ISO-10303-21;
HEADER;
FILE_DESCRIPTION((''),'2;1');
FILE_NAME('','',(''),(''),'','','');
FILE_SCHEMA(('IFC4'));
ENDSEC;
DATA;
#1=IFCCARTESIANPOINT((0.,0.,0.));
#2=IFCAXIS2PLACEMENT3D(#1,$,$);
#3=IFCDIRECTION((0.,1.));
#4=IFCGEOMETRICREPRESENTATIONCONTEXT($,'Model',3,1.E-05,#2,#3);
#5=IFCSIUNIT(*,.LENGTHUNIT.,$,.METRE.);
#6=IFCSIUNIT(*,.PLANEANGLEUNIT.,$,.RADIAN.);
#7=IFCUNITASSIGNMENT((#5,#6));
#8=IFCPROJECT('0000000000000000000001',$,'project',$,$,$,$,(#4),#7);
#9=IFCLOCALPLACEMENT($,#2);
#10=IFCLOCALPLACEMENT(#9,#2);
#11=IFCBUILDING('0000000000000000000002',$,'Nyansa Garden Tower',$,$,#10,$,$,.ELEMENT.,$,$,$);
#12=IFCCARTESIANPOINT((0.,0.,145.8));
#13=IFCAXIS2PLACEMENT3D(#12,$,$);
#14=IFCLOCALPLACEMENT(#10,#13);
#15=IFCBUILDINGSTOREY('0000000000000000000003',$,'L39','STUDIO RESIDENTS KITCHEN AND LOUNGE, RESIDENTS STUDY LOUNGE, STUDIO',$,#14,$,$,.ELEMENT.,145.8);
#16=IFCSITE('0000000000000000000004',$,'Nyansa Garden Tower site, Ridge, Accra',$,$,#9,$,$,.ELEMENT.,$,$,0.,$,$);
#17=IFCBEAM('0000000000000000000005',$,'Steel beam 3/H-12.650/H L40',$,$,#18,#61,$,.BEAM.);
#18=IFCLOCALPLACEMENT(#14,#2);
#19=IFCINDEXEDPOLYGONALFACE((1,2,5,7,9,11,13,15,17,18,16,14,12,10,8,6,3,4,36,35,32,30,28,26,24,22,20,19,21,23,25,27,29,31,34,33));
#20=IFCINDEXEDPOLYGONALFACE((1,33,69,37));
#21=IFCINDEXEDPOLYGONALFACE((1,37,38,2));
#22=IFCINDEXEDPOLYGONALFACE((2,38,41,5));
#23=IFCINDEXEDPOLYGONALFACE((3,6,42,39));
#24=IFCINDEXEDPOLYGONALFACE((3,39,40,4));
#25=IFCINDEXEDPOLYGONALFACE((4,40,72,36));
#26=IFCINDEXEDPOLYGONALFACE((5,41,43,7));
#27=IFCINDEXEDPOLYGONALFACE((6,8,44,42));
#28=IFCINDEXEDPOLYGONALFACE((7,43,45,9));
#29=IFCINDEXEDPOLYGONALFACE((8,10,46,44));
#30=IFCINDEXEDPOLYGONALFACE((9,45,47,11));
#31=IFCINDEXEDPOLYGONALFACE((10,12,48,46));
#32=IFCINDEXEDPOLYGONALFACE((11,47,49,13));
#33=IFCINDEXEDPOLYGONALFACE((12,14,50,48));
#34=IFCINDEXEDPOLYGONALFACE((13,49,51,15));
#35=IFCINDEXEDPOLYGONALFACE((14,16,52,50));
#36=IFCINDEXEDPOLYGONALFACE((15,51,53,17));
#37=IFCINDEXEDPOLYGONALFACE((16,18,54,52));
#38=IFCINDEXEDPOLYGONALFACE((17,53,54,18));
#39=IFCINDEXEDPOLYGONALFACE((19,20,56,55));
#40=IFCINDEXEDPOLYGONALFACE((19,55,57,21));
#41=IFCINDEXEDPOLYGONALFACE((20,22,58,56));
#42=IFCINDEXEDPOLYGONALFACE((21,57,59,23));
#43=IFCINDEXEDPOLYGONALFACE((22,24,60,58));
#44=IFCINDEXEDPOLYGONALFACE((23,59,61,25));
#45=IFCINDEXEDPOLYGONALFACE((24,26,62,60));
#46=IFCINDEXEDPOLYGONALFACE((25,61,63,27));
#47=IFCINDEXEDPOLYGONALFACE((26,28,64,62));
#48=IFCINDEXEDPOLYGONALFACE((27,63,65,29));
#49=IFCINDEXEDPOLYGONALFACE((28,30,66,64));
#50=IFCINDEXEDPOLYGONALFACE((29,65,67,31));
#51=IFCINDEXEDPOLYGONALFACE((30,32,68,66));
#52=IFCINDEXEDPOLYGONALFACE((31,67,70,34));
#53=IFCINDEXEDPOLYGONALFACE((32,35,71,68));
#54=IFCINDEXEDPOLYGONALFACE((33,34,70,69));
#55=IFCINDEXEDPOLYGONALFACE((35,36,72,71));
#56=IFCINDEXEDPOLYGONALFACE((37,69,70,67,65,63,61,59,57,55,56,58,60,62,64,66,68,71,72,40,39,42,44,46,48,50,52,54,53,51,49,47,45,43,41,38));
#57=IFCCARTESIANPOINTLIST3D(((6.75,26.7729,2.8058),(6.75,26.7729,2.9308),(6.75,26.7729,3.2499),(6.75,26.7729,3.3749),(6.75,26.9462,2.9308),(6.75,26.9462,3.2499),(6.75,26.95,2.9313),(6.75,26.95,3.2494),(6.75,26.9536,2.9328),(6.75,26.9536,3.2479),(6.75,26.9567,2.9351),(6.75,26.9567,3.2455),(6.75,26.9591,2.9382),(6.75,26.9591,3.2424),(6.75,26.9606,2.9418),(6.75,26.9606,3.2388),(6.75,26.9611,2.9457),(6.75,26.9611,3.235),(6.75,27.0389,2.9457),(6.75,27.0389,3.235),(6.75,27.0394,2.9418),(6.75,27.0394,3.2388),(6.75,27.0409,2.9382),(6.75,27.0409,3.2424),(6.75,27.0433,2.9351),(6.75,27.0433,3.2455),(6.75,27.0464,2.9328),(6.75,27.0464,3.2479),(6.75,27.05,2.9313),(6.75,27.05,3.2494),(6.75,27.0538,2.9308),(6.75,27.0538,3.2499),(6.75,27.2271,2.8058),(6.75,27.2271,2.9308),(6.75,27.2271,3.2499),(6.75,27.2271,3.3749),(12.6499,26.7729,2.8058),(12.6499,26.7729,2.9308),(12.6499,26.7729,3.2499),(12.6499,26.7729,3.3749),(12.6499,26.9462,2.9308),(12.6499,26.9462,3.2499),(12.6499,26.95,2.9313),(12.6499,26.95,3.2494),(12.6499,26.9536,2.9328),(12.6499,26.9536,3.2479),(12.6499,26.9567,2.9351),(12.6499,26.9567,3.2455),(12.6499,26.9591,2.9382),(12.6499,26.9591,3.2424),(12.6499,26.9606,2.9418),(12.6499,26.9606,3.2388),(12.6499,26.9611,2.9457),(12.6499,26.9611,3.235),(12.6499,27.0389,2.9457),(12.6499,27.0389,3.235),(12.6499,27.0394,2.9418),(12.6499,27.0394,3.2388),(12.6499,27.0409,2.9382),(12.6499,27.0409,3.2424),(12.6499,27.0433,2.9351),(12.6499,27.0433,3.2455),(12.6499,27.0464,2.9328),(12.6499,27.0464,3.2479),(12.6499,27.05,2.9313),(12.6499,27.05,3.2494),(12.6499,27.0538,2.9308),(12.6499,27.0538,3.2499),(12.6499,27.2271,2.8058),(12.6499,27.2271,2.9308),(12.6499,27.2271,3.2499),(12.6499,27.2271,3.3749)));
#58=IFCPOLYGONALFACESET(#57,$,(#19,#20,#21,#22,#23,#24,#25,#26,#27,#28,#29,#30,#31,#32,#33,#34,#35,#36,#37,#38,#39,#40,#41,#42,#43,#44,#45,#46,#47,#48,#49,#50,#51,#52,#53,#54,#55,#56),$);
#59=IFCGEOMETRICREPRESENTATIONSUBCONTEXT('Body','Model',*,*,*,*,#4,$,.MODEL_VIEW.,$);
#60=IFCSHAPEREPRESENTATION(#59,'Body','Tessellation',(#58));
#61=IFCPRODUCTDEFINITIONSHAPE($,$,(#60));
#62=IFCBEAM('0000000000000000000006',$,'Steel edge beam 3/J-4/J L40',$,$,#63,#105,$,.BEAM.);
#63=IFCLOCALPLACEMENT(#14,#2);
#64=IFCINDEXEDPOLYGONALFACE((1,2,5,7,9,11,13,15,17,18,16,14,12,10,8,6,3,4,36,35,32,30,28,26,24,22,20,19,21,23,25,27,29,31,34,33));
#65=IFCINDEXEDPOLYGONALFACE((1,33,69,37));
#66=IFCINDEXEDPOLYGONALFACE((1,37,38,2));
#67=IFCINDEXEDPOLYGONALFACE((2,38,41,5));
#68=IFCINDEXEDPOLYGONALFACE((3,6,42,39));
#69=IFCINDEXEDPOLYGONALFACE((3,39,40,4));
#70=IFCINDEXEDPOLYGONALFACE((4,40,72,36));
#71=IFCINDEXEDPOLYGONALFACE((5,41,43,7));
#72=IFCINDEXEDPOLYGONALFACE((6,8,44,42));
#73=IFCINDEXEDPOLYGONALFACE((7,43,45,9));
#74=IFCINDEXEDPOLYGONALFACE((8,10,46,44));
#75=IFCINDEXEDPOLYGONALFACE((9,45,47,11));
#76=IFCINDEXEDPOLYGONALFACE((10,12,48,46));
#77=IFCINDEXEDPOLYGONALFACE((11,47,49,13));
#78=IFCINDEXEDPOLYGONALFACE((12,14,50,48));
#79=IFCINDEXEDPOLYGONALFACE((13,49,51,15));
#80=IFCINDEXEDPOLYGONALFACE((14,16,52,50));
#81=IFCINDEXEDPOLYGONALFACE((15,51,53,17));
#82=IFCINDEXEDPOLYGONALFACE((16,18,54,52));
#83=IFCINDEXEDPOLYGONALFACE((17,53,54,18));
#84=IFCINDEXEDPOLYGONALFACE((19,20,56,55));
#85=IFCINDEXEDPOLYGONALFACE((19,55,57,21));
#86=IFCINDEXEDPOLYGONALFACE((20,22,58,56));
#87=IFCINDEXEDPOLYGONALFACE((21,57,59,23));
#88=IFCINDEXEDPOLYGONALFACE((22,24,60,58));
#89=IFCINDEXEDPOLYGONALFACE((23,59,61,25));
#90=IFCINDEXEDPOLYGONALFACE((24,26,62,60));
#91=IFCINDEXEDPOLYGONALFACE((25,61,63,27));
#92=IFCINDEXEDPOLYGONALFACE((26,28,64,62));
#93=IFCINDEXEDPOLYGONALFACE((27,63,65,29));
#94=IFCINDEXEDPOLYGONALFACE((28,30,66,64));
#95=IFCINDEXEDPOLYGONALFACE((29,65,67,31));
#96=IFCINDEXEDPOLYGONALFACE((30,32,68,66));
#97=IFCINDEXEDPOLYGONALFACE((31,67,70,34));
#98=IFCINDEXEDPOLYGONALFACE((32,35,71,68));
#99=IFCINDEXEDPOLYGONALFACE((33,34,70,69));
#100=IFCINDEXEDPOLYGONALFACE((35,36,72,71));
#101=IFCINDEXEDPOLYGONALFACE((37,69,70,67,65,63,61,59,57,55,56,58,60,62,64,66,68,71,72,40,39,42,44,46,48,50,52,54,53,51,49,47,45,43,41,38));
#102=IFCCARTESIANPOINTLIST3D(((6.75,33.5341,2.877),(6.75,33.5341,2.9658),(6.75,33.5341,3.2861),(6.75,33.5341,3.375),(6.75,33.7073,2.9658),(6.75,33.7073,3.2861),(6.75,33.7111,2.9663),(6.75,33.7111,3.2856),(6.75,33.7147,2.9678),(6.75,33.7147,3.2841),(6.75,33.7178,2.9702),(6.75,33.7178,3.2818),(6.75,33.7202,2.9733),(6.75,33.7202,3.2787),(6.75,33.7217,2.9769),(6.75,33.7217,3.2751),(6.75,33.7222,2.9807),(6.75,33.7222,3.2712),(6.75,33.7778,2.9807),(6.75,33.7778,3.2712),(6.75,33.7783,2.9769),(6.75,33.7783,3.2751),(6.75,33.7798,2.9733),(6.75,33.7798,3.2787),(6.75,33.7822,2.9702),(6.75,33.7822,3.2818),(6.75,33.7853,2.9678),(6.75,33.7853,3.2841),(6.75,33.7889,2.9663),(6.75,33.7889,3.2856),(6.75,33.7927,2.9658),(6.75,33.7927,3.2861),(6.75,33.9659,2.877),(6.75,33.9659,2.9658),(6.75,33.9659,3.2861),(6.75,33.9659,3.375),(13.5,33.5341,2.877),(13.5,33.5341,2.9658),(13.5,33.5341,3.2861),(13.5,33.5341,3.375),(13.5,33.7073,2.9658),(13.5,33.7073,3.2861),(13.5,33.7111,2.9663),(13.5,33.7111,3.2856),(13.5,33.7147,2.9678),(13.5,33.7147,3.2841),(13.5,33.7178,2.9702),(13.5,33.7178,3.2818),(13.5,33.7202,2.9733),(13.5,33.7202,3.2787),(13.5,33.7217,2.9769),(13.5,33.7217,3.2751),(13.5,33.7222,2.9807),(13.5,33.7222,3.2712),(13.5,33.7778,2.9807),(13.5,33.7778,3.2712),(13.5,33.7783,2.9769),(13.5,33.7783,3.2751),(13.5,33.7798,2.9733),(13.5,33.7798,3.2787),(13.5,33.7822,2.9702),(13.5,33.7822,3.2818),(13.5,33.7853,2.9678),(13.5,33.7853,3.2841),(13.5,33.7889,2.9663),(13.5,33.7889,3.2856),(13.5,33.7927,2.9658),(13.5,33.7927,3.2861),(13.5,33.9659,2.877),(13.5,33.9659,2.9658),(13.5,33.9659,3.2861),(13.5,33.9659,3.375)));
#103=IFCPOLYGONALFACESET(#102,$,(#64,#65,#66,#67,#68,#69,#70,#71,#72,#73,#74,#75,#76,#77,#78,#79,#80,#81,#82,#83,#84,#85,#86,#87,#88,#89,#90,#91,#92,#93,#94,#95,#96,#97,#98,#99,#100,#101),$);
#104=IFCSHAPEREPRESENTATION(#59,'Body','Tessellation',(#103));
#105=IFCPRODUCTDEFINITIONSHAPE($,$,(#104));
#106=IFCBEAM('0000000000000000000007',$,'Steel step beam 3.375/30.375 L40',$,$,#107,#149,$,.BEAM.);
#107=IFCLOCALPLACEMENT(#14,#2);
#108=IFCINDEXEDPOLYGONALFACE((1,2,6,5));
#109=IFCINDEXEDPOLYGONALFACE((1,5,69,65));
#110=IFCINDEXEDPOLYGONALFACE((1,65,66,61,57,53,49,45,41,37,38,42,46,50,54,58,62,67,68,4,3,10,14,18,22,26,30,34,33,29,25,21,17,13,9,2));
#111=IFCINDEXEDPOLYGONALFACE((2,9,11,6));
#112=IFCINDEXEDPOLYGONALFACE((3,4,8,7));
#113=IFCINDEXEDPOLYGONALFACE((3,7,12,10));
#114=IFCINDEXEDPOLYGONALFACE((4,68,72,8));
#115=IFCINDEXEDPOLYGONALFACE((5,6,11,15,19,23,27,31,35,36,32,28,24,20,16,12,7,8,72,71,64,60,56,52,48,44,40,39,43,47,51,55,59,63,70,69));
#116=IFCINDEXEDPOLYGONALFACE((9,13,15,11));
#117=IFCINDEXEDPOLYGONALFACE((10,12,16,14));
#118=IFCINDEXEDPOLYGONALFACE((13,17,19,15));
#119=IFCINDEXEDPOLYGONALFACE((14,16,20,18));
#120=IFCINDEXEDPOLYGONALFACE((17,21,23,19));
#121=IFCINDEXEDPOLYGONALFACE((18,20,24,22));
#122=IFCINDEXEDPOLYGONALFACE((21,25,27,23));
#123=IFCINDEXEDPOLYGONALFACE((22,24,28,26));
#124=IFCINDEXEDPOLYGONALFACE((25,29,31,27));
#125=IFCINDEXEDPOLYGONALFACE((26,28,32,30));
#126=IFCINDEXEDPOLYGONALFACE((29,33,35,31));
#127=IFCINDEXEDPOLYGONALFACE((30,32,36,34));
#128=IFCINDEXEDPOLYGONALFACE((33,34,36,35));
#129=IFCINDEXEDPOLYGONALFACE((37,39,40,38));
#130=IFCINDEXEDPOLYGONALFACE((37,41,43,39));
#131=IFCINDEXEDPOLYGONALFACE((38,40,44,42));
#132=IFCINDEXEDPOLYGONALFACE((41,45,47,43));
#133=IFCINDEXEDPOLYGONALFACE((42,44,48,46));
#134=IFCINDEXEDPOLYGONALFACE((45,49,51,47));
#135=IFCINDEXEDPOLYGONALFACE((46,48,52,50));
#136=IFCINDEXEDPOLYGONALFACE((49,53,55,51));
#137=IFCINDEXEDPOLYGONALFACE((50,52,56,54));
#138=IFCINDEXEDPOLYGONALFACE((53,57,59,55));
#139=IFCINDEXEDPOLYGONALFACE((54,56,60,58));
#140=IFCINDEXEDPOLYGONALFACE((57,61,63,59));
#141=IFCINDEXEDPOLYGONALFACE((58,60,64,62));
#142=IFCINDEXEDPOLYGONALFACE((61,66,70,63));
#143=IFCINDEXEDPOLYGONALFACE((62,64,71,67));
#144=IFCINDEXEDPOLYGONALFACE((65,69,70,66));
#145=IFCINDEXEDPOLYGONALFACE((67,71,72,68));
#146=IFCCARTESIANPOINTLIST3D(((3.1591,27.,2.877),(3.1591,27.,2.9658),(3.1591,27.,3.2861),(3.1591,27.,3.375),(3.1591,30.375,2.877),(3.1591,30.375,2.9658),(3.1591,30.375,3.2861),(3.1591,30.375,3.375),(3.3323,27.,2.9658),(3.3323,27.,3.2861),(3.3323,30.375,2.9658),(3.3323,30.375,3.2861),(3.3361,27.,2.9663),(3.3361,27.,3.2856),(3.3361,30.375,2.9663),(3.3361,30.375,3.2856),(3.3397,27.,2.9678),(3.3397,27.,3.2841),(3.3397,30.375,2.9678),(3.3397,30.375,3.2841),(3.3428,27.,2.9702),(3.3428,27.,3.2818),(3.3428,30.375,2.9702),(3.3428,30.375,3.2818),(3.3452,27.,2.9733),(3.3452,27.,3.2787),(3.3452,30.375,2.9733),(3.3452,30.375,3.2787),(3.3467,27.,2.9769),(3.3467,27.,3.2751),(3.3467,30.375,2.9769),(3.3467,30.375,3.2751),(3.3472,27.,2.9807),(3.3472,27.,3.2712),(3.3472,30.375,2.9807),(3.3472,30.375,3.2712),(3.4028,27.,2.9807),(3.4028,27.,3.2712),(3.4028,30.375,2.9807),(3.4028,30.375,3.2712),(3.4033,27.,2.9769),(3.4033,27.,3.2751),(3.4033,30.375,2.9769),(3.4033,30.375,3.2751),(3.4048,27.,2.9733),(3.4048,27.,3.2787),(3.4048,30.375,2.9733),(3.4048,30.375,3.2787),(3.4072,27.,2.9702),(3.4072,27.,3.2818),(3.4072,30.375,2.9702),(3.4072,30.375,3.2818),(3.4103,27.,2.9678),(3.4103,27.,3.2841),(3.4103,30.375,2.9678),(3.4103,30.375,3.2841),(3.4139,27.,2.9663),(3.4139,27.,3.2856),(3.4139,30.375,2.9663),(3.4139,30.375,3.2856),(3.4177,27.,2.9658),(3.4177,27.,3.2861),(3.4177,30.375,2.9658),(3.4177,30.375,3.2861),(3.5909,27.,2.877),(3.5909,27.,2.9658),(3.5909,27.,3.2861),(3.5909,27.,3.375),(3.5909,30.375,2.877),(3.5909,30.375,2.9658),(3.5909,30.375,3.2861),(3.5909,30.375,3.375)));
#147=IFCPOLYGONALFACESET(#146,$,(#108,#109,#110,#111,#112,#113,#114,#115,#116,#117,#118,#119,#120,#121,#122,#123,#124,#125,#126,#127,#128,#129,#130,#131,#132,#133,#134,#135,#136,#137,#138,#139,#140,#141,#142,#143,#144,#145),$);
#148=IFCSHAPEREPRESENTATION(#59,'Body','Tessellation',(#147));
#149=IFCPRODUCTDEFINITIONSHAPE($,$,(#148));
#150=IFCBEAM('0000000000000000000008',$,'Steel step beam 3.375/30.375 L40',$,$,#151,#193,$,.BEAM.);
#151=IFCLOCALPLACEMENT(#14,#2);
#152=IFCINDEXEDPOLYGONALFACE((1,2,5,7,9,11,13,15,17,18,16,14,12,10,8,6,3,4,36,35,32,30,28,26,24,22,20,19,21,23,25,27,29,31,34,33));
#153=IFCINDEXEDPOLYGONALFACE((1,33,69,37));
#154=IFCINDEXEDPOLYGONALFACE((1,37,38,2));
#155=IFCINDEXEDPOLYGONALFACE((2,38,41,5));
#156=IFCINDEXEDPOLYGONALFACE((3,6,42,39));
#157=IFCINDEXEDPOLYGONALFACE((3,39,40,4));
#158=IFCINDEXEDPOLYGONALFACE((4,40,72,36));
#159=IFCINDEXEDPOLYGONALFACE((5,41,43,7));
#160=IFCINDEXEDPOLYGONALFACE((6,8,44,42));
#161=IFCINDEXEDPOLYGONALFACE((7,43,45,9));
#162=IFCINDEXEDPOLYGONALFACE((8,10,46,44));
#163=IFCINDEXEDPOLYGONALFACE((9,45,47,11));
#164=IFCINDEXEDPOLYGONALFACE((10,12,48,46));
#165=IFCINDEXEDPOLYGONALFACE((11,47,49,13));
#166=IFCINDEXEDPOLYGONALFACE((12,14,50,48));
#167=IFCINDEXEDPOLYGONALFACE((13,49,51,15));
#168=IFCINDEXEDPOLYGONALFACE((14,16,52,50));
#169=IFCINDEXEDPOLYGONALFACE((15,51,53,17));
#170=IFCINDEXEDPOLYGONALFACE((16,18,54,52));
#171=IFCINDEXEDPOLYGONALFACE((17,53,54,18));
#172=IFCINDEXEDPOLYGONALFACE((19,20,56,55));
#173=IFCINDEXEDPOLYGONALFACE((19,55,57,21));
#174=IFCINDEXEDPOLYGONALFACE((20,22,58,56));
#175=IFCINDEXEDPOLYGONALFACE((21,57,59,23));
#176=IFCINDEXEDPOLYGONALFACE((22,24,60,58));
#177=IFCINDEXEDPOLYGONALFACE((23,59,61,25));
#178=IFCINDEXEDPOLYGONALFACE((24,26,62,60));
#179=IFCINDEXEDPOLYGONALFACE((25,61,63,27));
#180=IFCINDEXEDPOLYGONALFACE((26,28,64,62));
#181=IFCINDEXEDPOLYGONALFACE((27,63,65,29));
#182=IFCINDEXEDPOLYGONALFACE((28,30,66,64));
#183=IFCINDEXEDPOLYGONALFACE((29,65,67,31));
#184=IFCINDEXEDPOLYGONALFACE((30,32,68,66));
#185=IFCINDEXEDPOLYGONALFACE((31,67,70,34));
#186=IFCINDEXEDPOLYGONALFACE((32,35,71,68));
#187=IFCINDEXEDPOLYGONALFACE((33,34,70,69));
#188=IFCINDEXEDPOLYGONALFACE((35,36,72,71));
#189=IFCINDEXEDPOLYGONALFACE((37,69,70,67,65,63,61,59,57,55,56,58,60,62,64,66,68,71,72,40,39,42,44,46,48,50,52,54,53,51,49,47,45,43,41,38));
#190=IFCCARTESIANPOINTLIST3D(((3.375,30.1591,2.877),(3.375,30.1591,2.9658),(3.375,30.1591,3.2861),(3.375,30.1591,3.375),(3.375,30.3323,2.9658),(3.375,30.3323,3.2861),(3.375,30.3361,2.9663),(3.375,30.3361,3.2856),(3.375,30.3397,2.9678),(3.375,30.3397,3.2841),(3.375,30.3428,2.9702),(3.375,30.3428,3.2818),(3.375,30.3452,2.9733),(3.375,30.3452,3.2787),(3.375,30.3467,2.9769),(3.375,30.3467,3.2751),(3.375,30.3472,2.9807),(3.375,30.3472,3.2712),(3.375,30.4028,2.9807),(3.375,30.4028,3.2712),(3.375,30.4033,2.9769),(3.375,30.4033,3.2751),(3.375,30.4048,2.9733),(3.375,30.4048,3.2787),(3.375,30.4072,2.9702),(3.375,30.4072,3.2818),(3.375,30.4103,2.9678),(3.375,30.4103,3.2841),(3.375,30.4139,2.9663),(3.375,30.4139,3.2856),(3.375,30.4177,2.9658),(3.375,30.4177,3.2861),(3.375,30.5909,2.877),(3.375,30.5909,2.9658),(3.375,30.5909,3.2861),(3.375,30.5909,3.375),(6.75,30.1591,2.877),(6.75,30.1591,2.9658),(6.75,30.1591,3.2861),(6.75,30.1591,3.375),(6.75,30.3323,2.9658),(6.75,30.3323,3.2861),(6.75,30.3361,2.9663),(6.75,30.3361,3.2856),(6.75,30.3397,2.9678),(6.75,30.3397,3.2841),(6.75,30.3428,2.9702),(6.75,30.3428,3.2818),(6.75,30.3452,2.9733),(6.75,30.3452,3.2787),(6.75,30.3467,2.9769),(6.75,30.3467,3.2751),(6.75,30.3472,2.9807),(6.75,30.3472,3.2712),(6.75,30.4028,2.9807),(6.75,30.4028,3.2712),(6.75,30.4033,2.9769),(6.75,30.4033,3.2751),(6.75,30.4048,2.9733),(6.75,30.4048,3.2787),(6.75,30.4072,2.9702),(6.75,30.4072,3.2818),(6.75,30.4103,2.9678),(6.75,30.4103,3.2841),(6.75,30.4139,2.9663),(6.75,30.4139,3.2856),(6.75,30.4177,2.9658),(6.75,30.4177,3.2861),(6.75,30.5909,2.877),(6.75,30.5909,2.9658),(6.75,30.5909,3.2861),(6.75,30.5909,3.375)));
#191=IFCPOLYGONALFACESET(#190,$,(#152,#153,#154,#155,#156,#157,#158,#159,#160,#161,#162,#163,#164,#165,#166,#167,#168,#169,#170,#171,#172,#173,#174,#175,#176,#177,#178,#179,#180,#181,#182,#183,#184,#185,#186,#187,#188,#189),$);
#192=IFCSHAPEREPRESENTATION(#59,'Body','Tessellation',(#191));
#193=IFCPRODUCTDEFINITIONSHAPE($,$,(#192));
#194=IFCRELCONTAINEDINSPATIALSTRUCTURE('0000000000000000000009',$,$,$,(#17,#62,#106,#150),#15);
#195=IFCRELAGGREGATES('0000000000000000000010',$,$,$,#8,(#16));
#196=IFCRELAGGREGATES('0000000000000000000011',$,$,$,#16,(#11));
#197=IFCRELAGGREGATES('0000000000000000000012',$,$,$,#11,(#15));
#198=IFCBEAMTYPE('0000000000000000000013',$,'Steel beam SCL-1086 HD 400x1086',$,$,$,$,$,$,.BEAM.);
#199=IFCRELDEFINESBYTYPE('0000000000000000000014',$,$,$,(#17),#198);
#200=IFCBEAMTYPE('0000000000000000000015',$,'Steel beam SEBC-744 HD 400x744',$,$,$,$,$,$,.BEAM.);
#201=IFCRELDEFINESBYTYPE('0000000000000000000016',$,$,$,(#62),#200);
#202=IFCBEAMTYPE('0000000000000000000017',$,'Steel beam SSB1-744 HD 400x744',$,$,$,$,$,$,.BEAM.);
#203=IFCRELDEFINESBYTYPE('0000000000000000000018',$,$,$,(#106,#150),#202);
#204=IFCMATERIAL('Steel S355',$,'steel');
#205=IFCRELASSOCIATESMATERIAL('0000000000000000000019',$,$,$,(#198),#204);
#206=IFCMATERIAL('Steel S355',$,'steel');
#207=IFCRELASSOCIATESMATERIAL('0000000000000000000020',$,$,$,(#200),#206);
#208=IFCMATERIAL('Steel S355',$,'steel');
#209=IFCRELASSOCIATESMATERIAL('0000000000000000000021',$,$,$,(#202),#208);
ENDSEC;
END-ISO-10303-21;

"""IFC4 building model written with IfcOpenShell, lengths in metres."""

from ifc_helpers import new_model, si_unit, direction, frame, origin, origin_2d, place, context, subcontext, project, spatial, i_section, extrude, material, material_profile, profile_set, type_object, element, save


model = new_model("IFC4")

# Units and contexts
model_context = context("Model", 3, precision=1e-05, world=origin(), true_north=direction((0.0, 1.0)))
body_context = subcontext(model_context, "Body", "Model", "MODEL_VIEW")
ifc_project = project(units=[si_unit("LENGTHUNIT", "METRE"), si_unit("PLANEANGLEUNIT", "RADIAN")], contexts=[model_context])

# Site, building, storey
site_placement = place(None, origin())
site = spatial("IfcSite", under=ifc_project, at=site_placement, Name="Nyansa Garden Tower site, Ridge, Accra", CompositionType="ELEMENT", RefElevation=0.0)
building_placement = place(site_placement, origin())
building = spatial("IfcBuilding", under=site, at=building_placement, Name="Nyansa Garden Tower", CompositionType="ELEMENT")
storey_placement = place(building_placement, frame((0.0, 0.0, 145.8)))
storey = spatial("IfcBuildingStorey", under=building, at=storey_placement, Name="L39", Description="STUDIO RESIDENTS KITCHEN AND LOUNGE, RESIDENTS STUDY LOUNGE, STUDIO", CompositionType="ELEMENT", Elevation=145.8)

# Beams
ifc_material_1 = material(Name="Steel S355", Category="steel")
ifc_material_profile_1 = material_profile(ifc_material_1, i_section(OverallWidth=0.4541, OverallDepth=0.5691, WebThickness=0.0779, FlangeThickness=0.125, FilletRadius=0.0149, at=origin_2d()), Name="HD 400x1086")
ifc_profile_set_1 = profile_set([ifc_material_profile_1], Name="Steel S355")
beam_type_1 = type_object("IfcBeamType", Name="Steel beam SCL-1086 HD 400x1086", PredefinedType="BEAM", material=ifc_profile_set_1)
beam_1_placement = place(storey_placement, frame((6.75, 27.0, 3.0903), z_axis=(1.0, 0.0, 0.0), x_axis=(0.0, 1.0, 0.0)))
element("IfcBeam", 1, at=beam_1_placement, inside=storey, type_object=beam_type_1, Name="Steel beam 3/H-12.650/H L40", PredefinedType="BEAM", context=body_context, shape_type="SweptSolid", body=[
    extrude(i_section(OverallWidth=0.4541, OverallDepth=0.5691, WebThickness=0.0779, FlangeThickness=0.125, FilletRadius=0.0149, at=origin_2d()), origin(), (0.0, 0.0, 1.0), 5.8999),
])
ifc_material_2 = material(Name="Steel S355", Category="steel")
ifc_material_profile_2 = material_profile(ifc_material_2, i_section(OverallWidth=0.4319, OverallDepth=0.498, WebThickness=0.0557, FlangeThickness=0.0889, FilletRadius=0.0149, at=origin_2d()), Name="HD 400x744")
ifc_profile_set_2 = profile_set([ifc_material_profile_2], Name="Steel S355")
beam_type_2 = type_object("IfcBeamType", Name="Steel beam SEBC-744 HD 400x744", PredefinedType="BEAM", material=ifc_profile_set_2)
beam_2_placement = place(storey_placement, frame((6.75, 33.75, 3.126), z_axis=(1.0, 0.0, 0.0), x_axis=(0.0, 1.0, 0.0)))
element("IfcBeam", 2, at=beam_2_placement, inside=storey, type_object=beam_type_2, Name="Steel edge beam 3/J-4/J L40", PredefinedType="BEAM", context=body_context, shape_type="SweptSolid", body=[
    extrude(i_section(OverallWidth=0.4319, OverallDepth=0.498, WebThickness=0.0557, FlangeThickness=0.0889, FilletRadius=0.0149, at=origin_2d()), origin(), (0.0, 0.0, 1.0), 6.75),
])
ifc_material_3 = material(Name="Steel S355", Category="steel")
ifc_material_profile_3 = material_profile(ifc_material_3, i_section(OverallWidth=0.4319, OverallDepth=0.498, WebThickness=0.0557, FlangeThickness=0.0889, FilletRadius=0.0149, at=origin_2d()), Name="HD 400x744")
ifc_profile_set_3 = profile_set([ifc_material_profile_3], Name="Steel S355")
beam_type_3 = type_object("IfcBeamType", Name="Steel beam SSB1-744 HD 400x744", PredefinedType="BEAM", material=ifc_profile_set_3)
for number, where, z_axis, x_axis, name in (
    (3, (3.375, 30.375, 3.126), (0.0, -1.0, 0.0), (1.0, 0.0, 0.0), "Steel step beam 3.375/30.375 L40"),
    (4, (3.375, 30.375, 3.126), (1.0, 0.0, 0.0), (0.0, 1.0, 0.0), "Steel step beam 3.375/30.375 L40"),
):
    element("IfcBeam", number, at=place(storey_placement, frame(where, z_axis=z_axis, x_axis=x_axis)), inside=storey, type_object=beam_type_3, Name=name, PredefinedType="BEAM", context=body_context, shape_type="SweptSolid", body=[
        extrude(i_section(OverallWidth=0.4319, OverallDepth=0.498, WebThickness=0.0557, FlangeThickness=0.0889, FilletRadius=0.0149, at=origin_2d()), origin(), (0.0, 0.0, 1.0), 3.375),
    ])

save(model, "model.ifc")
